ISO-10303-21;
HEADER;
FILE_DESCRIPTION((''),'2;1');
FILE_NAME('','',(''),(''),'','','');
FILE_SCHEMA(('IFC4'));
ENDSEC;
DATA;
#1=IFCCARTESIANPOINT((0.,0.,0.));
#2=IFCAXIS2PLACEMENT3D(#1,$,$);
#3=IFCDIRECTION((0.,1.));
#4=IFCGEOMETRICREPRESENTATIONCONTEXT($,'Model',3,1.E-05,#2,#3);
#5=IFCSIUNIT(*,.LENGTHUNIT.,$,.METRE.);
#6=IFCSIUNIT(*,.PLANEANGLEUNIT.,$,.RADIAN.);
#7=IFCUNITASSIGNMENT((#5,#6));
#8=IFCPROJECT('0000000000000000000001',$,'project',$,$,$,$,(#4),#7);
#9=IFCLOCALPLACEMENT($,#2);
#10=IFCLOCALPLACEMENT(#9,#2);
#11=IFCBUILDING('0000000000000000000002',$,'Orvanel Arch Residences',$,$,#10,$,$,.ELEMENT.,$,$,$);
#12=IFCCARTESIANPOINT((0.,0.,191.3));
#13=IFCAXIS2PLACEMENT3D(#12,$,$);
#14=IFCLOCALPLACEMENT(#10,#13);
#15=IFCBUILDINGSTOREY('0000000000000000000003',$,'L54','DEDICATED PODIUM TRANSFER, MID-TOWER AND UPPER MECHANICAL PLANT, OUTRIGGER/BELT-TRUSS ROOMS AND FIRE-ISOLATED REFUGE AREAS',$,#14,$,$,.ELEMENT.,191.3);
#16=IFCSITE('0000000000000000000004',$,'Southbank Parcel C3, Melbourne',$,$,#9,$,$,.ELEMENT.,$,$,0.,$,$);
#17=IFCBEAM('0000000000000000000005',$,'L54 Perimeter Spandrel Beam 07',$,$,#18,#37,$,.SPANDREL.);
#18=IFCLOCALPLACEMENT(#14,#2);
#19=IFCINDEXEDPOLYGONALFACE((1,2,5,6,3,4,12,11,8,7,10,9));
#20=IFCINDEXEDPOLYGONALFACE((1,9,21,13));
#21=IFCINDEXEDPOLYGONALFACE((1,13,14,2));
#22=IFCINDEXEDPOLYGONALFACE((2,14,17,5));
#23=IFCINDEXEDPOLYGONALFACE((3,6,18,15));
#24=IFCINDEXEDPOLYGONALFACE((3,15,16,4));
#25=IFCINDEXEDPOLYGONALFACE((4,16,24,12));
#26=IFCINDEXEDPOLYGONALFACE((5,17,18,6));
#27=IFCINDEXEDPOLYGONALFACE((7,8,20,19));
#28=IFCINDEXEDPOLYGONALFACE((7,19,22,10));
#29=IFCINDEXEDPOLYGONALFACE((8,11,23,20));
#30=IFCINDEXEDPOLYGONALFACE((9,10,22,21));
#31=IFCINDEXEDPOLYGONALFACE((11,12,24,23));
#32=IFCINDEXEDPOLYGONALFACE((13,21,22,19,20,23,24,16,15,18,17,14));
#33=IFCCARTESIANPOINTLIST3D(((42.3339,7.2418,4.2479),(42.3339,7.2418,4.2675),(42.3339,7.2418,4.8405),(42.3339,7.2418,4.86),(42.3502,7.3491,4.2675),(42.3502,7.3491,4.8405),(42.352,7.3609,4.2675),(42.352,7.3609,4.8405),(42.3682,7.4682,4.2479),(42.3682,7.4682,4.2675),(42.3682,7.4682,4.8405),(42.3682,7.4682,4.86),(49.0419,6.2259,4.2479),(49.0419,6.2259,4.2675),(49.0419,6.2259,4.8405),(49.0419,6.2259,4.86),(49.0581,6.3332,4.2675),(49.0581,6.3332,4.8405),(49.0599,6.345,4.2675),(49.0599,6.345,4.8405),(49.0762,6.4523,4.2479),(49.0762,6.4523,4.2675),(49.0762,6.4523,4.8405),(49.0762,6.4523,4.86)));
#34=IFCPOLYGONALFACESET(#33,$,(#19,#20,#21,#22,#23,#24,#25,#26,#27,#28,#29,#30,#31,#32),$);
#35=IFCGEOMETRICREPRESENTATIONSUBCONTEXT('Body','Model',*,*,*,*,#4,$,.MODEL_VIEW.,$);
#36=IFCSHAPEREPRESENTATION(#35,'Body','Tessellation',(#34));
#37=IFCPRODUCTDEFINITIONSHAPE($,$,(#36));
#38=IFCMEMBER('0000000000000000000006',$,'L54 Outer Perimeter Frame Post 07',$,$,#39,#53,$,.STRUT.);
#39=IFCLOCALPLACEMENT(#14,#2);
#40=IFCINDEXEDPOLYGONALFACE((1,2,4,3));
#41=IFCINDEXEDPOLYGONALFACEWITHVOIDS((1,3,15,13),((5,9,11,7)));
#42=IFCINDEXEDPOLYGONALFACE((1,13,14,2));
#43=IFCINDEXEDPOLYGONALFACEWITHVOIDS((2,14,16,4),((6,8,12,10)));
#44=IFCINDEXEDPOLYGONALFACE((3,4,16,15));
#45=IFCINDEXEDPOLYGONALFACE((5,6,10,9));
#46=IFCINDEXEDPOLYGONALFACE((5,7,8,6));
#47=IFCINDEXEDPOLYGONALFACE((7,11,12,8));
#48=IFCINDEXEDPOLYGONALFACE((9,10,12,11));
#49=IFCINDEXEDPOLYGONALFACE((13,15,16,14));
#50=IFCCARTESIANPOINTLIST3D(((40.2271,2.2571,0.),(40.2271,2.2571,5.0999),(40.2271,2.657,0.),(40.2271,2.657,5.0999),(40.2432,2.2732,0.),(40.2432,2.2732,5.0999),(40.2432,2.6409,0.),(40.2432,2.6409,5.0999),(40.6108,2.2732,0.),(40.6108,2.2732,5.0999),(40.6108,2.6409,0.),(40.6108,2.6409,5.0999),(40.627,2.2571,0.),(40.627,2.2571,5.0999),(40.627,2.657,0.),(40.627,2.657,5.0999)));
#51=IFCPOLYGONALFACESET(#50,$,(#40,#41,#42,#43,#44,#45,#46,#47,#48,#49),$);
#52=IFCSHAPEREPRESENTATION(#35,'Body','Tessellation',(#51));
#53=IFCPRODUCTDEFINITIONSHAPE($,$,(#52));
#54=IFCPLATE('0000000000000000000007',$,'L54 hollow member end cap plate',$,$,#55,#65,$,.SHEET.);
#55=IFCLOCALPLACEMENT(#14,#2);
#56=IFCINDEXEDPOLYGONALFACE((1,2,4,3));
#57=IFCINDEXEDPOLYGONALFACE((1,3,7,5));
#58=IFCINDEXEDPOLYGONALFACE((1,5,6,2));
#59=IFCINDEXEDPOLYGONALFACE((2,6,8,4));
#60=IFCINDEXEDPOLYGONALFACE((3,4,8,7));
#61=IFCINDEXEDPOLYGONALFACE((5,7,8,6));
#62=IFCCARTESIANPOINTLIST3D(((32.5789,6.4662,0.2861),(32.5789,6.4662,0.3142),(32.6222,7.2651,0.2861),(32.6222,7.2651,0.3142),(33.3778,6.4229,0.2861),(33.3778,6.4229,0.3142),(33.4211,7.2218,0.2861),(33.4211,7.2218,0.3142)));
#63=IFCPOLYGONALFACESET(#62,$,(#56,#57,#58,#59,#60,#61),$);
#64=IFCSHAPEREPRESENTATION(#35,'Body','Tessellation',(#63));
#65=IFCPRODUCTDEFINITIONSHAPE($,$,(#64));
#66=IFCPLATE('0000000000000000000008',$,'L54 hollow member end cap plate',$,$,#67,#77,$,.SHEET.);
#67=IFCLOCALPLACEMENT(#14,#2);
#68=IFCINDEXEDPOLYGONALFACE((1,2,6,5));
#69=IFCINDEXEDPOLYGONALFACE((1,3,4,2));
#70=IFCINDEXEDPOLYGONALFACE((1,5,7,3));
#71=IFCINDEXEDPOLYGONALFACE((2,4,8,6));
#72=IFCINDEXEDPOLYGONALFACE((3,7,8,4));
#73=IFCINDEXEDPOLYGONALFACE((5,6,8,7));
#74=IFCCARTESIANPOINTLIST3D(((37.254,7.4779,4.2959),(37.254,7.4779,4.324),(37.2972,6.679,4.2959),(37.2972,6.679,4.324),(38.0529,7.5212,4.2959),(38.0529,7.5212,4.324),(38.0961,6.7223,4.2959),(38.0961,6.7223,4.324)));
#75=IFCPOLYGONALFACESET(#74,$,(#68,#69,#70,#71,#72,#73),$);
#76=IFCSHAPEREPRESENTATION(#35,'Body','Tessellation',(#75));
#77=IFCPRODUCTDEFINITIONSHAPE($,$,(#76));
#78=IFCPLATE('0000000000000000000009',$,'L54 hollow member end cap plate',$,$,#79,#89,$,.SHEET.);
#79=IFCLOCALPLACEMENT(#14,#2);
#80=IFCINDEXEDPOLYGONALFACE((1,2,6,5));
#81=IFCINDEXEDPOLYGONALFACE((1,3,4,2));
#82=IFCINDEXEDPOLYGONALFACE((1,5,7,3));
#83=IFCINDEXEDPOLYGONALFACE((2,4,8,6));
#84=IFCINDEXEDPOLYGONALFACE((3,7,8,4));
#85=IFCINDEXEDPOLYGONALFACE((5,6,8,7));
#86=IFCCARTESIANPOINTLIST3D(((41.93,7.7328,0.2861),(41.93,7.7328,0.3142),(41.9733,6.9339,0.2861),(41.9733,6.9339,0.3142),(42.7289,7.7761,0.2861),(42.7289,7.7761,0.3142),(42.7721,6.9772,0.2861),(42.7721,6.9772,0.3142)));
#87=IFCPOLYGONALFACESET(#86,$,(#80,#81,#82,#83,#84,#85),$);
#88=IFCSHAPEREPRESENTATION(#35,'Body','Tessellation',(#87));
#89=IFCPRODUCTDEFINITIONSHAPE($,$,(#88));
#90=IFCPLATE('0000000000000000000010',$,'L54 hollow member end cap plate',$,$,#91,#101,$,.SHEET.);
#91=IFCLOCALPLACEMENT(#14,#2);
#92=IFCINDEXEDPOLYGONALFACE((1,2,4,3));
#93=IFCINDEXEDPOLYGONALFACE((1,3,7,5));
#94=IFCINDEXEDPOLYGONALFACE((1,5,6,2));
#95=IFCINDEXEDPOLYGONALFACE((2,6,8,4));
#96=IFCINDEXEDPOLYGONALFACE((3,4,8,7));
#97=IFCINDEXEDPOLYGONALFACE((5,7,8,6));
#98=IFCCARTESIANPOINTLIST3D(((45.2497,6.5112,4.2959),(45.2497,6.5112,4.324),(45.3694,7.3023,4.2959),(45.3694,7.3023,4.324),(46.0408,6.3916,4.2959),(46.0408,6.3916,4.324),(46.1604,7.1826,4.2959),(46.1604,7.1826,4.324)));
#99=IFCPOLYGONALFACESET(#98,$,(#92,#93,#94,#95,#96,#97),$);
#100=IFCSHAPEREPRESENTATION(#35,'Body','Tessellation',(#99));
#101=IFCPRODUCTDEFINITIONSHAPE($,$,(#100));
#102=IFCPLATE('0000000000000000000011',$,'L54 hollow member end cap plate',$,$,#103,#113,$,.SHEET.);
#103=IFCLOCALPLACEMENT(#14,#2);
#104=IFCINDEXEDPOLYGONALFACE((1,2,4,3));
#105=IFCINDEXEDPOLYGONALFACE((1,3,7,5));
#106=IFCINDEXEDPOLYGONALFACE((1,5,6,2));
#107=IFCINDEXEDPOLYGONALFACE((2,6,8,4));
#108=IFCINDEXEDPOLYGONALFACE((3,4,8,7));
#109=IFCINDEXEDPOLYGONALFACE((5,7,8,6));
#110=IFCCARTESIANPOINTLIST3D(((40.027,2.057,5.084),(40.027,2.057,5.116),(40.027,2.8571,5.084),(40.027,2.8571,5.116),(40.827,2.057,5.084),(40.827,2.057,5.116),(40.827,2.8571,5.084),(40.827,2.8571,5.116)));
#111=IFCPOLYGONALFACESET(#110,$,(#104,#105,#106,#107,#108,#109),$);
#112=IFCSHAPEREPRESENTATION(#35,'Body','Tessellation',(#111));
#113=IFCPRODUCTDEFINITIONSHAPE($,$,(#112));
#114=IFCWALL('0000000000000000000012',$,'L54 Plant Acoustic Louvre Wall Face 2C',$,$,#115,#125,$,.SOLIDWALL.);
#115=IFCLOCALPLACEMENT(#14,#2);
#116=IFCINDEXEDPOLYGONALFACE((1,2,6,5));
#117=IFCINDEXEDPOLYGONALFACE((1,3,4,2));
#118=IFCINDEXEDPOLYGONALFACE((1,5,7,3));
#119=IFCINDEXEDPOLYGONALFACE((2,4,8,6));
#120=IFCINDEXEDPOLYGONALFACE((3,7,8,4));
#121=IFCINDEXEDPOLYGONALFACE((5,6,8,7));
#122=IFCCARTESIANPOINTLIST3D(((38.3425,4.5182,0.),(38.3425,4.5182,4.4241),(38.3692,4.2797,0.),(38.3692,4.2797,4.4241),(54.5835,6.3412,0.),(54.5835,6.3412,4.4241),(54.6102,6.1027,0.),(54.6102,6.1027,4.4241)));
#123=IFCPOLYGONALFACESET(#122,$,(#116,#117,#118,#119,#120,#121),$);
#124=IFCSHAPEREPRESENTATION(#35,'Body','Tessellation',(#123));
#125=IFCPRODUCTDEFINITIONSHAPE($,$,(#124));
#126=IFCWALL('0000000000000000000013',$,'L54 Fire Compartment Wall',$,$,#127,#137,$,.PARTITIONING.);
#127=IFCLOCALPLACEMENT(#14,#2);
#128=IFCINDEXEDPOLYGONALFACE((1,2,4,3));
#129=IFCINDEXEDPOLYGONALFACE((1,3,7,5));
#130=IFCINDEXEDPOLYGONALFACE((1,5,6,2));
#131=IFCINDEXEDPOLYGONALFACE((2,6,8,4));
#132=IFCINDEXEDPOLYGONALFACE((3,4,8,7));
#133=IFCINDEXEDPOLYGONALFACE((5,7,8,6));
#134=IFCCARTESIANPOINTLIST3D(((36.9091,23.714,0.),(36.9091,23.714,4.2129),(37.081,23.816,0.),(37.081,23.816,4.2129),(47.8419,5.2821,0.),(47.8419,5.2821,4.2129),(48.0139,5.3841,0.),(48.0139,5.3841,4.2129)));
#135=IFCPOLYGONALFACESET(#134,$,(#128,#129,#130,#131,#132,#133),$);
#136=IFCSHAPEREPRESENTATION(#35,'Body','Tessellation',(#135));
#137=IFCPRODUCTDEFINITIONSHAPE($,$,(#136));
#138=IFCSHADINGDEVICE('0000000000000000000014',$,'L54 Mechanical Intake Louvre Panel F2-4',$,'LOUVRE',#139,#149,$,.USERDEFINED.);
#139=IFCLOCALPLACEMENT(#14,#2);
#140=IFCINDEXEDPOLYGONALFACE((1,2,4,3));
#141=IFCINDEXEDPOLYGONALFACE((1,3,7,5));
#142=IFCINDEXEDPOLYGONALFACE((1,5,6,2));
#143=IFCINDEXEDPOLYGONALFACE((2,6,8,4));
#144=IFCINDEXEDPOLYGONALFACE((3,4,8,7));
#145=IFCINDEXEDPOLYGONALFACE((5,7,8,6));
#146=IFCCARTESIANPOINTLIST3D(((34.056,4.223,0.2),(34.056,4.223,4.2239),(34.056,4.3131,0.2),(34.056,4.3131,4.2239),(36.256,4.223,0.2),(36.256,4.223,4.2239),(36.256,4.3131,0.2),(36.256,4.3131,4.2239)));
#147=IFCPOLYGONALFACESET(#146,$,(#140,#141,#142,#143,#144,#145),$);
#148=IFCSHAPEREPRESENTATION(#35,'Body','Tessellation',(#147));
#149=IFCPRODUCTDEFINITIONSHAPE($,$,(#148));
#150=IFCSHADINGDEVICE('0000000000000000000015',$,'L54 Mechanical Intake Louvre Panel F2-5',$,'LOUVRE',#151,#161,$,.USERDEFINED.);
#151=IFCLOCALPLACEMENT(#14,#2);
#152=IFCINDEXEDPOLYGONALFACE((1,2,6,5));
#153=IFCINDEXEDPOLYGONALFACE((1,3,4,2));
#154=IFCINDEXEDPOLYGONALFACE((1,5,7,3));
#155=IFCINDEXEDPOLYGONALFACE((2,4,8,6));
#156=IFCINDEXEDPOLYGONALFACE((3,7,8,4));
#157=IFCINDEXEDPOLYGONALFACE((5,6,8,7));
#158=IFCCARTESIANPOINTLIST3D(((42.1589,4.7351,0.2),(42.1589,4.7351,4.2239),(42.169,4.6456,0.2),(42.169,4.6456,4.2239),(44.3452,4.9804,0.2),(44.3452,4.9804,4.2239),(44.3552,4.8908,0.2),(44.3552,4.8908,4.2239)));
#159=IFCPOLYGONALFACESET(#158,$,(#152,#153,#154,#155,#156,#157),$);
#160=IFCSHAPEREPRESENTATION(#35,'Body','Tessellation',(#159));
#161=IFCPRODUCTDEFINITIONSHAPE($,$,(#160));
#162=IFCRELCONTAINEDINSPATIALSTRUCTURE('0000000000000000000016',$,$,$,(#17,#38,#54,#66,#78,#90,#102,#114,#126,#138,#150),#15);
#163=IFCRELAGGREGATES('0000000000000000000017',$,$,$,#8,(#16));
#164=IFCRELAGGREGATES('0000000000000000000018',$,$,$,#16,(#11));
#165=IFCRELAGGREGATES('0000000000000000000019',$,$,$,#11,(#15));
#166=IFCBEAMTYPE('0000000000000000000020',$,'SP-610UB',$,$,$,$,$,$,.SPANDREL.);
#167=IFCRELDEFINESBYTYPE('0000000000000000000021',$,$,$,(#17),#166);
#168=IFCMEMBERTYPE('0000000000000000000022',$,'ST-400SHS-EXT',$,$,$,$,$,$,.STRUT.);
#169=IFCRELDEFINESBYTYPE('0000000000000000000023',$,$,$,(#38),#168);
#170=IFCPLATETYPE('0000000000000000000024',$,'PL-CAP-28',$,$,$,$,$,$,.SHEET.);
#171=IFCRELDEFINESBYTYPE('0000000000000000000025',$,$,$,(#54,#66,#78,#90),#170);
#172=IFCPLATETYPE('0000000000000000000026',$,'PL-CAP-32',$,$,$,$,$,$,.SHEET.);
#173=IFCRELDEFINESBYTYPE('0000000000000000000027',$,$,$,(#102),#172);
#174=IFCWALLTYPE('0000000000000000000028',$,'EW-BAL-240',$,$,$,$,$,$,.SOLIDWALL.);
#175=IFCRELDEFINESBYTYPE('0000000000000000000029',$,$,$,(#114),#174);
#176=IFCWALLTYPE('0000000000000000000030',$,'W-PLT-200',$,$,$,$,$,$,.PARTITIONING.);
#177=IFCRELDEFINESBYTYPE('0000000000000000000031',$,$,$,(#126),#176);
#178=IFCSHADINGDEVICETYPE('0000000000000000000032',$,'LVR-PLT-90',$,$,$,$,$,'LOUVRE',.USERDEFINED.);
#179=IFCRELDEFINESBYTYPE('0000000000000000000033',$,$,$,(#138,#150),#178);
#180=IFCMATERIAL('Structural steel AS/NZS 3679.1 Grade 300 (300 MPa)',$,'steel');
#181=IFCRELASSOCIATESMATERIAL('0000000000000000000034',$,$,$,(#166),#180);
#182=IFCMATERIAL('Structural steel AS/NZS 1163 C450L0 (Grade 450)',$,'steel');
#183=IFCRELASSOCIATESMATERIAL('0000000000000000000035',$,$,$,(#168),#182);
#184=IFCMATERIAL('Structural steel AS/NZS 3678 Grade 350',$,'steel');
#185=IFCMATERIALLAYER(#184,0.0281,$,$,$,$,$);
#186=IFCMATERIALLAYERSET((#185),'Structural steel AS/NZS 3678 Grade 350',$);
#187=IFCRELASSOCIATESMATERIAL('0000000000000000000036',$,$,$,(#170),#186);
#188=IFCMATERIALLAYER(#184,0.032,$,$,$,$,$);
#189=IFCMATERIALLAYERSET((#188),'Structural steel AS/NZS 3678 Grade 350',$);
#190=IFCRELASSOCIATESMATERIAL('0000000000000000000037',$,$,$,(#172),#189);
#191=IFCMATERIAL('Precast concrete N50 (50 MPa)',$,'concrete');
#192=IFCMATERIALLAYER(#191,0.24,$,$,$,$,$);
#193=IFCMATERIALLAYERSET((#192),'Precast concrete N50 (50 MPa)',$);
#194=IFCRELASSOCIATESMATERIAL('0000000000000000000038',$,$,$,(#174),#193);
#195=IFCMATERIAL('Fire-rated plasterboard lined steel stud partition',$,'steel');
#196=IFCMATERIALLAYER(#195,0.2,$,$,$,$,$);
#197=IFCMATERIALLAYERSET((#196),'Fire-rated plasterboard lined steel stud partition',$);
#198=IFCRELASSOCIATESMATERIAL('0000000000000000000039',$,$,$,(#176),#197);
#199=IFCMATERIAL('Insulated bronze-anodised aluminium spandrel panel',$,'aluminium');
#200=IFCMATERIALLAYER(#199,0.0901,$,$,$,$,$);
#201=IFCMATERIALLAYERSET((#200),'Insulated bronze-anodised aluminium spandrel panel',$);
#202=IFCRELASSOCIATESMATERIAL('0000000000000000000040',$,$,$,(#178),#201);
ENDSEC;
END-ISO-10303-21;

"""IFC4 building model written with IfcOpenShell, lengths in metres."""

from ifc_helpers import new_model, si_unit, direction, frame, frame_2d, origin, origin_2d, place, context, subcontext, project, spatial, rectangle, hollow_rectangle, i_section, extrude, material, layer, layer_set, material_profile, profile_set, type_object, element, save


model = new_model("IFC4")

# Units and contexts
model_context = context("Model", 3, precision=1e-05, world=origin(), true_north=direction((0.0, 1.0)))
body_context = subcontext(model_context, "Body", "Model", "MODEL_VIEW")
ifc_project = project(units=[si_unit("LENGTHUNIT", "METRE"), si_unit("PLANEANGLEUNIT", "RADIAN")], contexts=[model_context])

# Site, building, storey
site_placement = place(None, origin())
site = spatial("IfcSite", under=ifc_project, at=site_placement, Name="Southbank Parcel C3, Melbourne", CompositionType="ELEMENT", RefElevation=0.0)
building_placement = place(site_placement, origin())
building = spatial("IfcBuilding", under=site, at=building_placement, Name="Orvanel Arch Residences", CompositionType="ELEMENT")
storey_placement = place(building_placement, frame((0.0, 0.0, 191.3)))
storey = spatial("IfcBuildingStorey", under=building, at=storey_placement, Name="L54", Description="DEDICATED PODIUM TRANSFER, MID-TOWER AND UPPER MECHANICAL PLANT, OUTRIGGER/BELT-TRUSS ROOMS AND FIRE-ISOLATED REFUGE AREAS", CompositionType="ELEMENT", Elevation=191.3)

# Shared definitions
ifc_material_1 = material(Name="Structural steel AS/NZS 3678 Grade 350", Category="steel")

# Beam
ifc_material_2 = material(Name="Structural steel AS/NZS 3679.1 Grade 300 (300 MPa)", Category="steel")
ifc_material_profile_1 = material_profile(ifc_material_2, i_section(OverallWidth=0.229, OverallDepth=0.6121, WebThickness=0.012, FlangeThickness=0.0195, at=origin_2d()), Name="610UB125")
ifc_profile_set_1 = profile_set([ifc_material_profile_1], Name="Structural steel AS/NZS 3679.1 Grade 300 (300 MPa)")
beam_type_1 = type_object("IfcBeamType", Name="SP-610UB", PredefinedType="SPANDREL", material=ifc_profile_set_1)
beam_1_placement = place(storey_placement, frame((42.3511, 7.355, 4.554), z_axis=(0.988726, -0.149734, 0.0), x_axis=(0.149734, 0.988726, 0.0)))
element("IfcBeam", 1, at=beam_1_placement, inside=storey, type_object=beam_type_1, Name="L54 Perimeter Spandrel Beam 07", PredefinedType="SPANDREL", context=body_context, shape_type="SweptSolid", body=[
    extrude(i_section(OverallWidth=0.229, OverallDepth=0.6121, WebThickness=0.012, FlangeThickness=0.0195, at=origin_2d()), origin(), (0.0, 0.0, 1.0), 6.7844),
])

# Member
ifc_material_3 = material(Name="Structural steel AS/NZS 1163 C450L0 (Grade 450)", Category="steel")
ifc_material_profile_2 = material_profile(ifc_material_3, hollow_rectangle(XDim=0.3999, YDim=0.3999, WallThickness=0.0161, at=origin_2d()), Name="SHS400x400x16")
ifc_profile_set_2 = profile_set([ifc_material_profile_2], Name="Structural steel AS/NZS 1163 C450L0 (Grade 450)")
member_type_1 = type_object("IfcMemberType", Name="ST-400SHS-EXT", PredefinedType="STRUT", material=ifc_profile_set_2)
member_1_placement = place(storey_placement, frame((40.427, 2.457, 0.0), z_axis=(0.0, 0.0, 1.0), x_axis=(1.0, 0.0, 0.0)))
element("IfcMember", 2, at=member_1_placement, inside=storey, type_object=member_type_1, Name="L54 Outer Perimeter Frame Post 07", PredefinedType="STRUT", context=body_context, shape_type="SweptSolid", body=[
    extrude(hollow_rectangle(XDim=0.3999, YDim=0.3999, WallThickness=0.0161, at=origin_2d()), origin(), (0.0, 0.0, 1.0), 5.0999),
])

# Plates
ifc_layer_1 = layer(ifc_material_1, 0.0281)
ifc_layer_set_1 = layer_set([ifc_layer_1], Name="Structural steel AS/NZS 3678 Grade 350")
plate_type_1 = type_object("IfcPlateType", Name="PL-CAP-28", PredefinedType="SHEET", material=ifc_layer_set_1)
for number, where, z_axis, x_axis, name in (
    (3, (33.0, 6.844, 0.2861), (0.0, 0.0, 1.0), (-0.998537, 0.054079, 0.0), "L54 hollow member end cap plate"),
    (4, (37.675, 7.1001, 4.2959), (0.0, 0.0, 1.0), (0.998537, 0.054079, 0.0), "L54 hollow member end cap plate"),
    (5, (42.3511, 7.355, 0.2861), (0.0, 0.0, 1.0), (0.998537, 0.054079, 0.0), "L54 hollow member end cap plate"),
    (6, (45.7051, 6.8469, 4.2959), (0.0, 0.0, 1.0), (-0.988756, 0.149535, 0.0), "L54 hollow member end cap plate"),
):
    element("IfcPlate", number, at=place(storey_placement, frame(where, z_axis=z_axis, x_axis=x_axis)), inside=storey, type_object=plate_type_1, Name=name, PredefinedType="SHEET", context=body_context, shape_type="SweptSolid", body=[
        extrude(rectangle(XDim=0.8, YDim=0.8, at=origin_2d()), origin(), (0.0, 0.0, 1.0), 0.0281),
    ])
ifc_layer_2 = layer(ifc_material_1, 0.032)
ifc_layer_set_2 = layer_set([ifc_layer_2], Name="Structural steel AS/NZS 3678 Grade 350")
plate_type_2 = type_object("IfcPlateType", Name="PL-CAP-32", PredefinedType="SHEET", material=ifc_layer_set_2)
plate_placement = place(storey_placement, frame((40.427, 2.457, 5.084), z_axis=(0.0, 0.0, 1.0), x_axis=(1.0, 0.0, 0.0)))
element("IfcPlate", 7, at=plate_placement, inside=storey, type_object=plate_type_2, Name="L54 hollow member end cap plate", PredefinedType="SHEET", context=body_context, shape_type="SweptSolid", body=[
    extrude(rectangle(XDim=0.8, YDim=0.8, at=origin_2d()), origin(), (0.0, 0.0, 1.0), 0.032),
])

# Walls
ifc_material_4 = material(Name="Precast concrete N50 (50 MPa)", Category="concrete")
ifc_layer_3 = layer(ifc_material_4, 0.24)
ifc_layer_set_3 = layer_set([ifc_layer_3], Name="Precast concrete N50 (50 MPa)")
wall_type_1 = type_object("IfcWallType", Name="EW-BAL-240", PredefinedType="SOLIDWALL", material=ifc_layer_set_3)
wall_1_placement = place(storey_placement, frame((38.356, 4.3989, 0.0), z_axis=(0.0, 0.0, 1.0), x_axis=(0.993759, 0.111546, 0.0)))
element("IfcWall", 8, at=wall_1_placement, inside=storey, type_object=wall_type_1, Name="L54 Plant Acoustic Louvre Wall Face 2C", PredefinedType="SOLIDWALL", context=body_context, shape_type="SweptSolid", body=[
    extrude(rectangle(XDim=16.343, YDim=0.24, at=frame_2d((8.1714, 0.0))), origin(), (0.0, 0.0, 1.0), 4.4241),
])
ifc_material_5 = material(Name="Fire-rated plasterboard lined steel stud partition", Category="steel")
ifc_layer_4 = layer(ifc_material_5, 0.2)
ifc_layer_set_4 = layer_set([ifc_layer_4], Name="Fire-rated plasterboard lined steel stud partition")
wall_type_2 = type_object("IfcWallType", Name="W-PLT-200", PredefinedType="PARTITIONING", material=ifc_layer_set_4)
wall_2_placement = place(storey_placement, frame((47.928, 5.333, 0.0), z_axis=(0.0, 0.0, 1.0), x_axis=(-0.510157, 0.860081, 0.0)))
element("IfcWall", 9, at=wall_2_placement, inside=storey, type_object=wall_type_2, Name="L54 Fire Compartment Wall", PredefinedType="PARTITIONING", context=body_context, shape_type="SweptSolid", body=[
    extrude(rectangle(XDim=21.4304, YDim=0.2, at=frame_2d((10.7153, 0.0))), origin(), (0.0, 0.0, 1.0), 4.2129),
])

# Shading devices
ifc_material_6 = material(Name="Insulated bronze-anodised aluminium spandrel panel", Category="aluminium")
ifc_layer_5 = layer(ifc_material_6, 0.0901)
ifc_layer_set_5 = layer_set([ifc_layer_5], Name="Insulated bronze-anodised aluminium spandrel panel")
shading_device_type = type_object("IfcShadingDeviceType", Name="LVR-PLT-90", ElementType="LOUVRE", PredefinedType="USERDEFINED", material=ifc_layer_set_5)
for number, where, z_axis, x_axis, name in (
    (10, (35.156, 4.2681, 0.2), (0.0, 0.0, 1.0), (1.0, 0.0, 0.0), "L54 Mechanical Intake Louvre Panel F2-4"),
    (11, (43.2571, 4.813, 0.2), (0.0, 0.0, 1.0), (0.993768, 0.111469, 0.0), "L54 Mechanical Intake Louvre Panel F2-5"),
):
    element("IfcShadingDevice", number, at=place(storey_placement, frame(where, z_axis=z_axis, x_axis=x_axis)), inside=storey, type_object=shading_device_type, Name=name, ObjectType="LOUVRE", PredefinedType="USERDEFINED", context=body_context, shape_type="SweptSolid", body=[
        extrude(rectangle(XDim=2.2, YDim=0.0901, at=origin_2d()), origin(), (0.0, 0.0, 1.0), 4.0239),
    ])

save(model, "model.ifc")
